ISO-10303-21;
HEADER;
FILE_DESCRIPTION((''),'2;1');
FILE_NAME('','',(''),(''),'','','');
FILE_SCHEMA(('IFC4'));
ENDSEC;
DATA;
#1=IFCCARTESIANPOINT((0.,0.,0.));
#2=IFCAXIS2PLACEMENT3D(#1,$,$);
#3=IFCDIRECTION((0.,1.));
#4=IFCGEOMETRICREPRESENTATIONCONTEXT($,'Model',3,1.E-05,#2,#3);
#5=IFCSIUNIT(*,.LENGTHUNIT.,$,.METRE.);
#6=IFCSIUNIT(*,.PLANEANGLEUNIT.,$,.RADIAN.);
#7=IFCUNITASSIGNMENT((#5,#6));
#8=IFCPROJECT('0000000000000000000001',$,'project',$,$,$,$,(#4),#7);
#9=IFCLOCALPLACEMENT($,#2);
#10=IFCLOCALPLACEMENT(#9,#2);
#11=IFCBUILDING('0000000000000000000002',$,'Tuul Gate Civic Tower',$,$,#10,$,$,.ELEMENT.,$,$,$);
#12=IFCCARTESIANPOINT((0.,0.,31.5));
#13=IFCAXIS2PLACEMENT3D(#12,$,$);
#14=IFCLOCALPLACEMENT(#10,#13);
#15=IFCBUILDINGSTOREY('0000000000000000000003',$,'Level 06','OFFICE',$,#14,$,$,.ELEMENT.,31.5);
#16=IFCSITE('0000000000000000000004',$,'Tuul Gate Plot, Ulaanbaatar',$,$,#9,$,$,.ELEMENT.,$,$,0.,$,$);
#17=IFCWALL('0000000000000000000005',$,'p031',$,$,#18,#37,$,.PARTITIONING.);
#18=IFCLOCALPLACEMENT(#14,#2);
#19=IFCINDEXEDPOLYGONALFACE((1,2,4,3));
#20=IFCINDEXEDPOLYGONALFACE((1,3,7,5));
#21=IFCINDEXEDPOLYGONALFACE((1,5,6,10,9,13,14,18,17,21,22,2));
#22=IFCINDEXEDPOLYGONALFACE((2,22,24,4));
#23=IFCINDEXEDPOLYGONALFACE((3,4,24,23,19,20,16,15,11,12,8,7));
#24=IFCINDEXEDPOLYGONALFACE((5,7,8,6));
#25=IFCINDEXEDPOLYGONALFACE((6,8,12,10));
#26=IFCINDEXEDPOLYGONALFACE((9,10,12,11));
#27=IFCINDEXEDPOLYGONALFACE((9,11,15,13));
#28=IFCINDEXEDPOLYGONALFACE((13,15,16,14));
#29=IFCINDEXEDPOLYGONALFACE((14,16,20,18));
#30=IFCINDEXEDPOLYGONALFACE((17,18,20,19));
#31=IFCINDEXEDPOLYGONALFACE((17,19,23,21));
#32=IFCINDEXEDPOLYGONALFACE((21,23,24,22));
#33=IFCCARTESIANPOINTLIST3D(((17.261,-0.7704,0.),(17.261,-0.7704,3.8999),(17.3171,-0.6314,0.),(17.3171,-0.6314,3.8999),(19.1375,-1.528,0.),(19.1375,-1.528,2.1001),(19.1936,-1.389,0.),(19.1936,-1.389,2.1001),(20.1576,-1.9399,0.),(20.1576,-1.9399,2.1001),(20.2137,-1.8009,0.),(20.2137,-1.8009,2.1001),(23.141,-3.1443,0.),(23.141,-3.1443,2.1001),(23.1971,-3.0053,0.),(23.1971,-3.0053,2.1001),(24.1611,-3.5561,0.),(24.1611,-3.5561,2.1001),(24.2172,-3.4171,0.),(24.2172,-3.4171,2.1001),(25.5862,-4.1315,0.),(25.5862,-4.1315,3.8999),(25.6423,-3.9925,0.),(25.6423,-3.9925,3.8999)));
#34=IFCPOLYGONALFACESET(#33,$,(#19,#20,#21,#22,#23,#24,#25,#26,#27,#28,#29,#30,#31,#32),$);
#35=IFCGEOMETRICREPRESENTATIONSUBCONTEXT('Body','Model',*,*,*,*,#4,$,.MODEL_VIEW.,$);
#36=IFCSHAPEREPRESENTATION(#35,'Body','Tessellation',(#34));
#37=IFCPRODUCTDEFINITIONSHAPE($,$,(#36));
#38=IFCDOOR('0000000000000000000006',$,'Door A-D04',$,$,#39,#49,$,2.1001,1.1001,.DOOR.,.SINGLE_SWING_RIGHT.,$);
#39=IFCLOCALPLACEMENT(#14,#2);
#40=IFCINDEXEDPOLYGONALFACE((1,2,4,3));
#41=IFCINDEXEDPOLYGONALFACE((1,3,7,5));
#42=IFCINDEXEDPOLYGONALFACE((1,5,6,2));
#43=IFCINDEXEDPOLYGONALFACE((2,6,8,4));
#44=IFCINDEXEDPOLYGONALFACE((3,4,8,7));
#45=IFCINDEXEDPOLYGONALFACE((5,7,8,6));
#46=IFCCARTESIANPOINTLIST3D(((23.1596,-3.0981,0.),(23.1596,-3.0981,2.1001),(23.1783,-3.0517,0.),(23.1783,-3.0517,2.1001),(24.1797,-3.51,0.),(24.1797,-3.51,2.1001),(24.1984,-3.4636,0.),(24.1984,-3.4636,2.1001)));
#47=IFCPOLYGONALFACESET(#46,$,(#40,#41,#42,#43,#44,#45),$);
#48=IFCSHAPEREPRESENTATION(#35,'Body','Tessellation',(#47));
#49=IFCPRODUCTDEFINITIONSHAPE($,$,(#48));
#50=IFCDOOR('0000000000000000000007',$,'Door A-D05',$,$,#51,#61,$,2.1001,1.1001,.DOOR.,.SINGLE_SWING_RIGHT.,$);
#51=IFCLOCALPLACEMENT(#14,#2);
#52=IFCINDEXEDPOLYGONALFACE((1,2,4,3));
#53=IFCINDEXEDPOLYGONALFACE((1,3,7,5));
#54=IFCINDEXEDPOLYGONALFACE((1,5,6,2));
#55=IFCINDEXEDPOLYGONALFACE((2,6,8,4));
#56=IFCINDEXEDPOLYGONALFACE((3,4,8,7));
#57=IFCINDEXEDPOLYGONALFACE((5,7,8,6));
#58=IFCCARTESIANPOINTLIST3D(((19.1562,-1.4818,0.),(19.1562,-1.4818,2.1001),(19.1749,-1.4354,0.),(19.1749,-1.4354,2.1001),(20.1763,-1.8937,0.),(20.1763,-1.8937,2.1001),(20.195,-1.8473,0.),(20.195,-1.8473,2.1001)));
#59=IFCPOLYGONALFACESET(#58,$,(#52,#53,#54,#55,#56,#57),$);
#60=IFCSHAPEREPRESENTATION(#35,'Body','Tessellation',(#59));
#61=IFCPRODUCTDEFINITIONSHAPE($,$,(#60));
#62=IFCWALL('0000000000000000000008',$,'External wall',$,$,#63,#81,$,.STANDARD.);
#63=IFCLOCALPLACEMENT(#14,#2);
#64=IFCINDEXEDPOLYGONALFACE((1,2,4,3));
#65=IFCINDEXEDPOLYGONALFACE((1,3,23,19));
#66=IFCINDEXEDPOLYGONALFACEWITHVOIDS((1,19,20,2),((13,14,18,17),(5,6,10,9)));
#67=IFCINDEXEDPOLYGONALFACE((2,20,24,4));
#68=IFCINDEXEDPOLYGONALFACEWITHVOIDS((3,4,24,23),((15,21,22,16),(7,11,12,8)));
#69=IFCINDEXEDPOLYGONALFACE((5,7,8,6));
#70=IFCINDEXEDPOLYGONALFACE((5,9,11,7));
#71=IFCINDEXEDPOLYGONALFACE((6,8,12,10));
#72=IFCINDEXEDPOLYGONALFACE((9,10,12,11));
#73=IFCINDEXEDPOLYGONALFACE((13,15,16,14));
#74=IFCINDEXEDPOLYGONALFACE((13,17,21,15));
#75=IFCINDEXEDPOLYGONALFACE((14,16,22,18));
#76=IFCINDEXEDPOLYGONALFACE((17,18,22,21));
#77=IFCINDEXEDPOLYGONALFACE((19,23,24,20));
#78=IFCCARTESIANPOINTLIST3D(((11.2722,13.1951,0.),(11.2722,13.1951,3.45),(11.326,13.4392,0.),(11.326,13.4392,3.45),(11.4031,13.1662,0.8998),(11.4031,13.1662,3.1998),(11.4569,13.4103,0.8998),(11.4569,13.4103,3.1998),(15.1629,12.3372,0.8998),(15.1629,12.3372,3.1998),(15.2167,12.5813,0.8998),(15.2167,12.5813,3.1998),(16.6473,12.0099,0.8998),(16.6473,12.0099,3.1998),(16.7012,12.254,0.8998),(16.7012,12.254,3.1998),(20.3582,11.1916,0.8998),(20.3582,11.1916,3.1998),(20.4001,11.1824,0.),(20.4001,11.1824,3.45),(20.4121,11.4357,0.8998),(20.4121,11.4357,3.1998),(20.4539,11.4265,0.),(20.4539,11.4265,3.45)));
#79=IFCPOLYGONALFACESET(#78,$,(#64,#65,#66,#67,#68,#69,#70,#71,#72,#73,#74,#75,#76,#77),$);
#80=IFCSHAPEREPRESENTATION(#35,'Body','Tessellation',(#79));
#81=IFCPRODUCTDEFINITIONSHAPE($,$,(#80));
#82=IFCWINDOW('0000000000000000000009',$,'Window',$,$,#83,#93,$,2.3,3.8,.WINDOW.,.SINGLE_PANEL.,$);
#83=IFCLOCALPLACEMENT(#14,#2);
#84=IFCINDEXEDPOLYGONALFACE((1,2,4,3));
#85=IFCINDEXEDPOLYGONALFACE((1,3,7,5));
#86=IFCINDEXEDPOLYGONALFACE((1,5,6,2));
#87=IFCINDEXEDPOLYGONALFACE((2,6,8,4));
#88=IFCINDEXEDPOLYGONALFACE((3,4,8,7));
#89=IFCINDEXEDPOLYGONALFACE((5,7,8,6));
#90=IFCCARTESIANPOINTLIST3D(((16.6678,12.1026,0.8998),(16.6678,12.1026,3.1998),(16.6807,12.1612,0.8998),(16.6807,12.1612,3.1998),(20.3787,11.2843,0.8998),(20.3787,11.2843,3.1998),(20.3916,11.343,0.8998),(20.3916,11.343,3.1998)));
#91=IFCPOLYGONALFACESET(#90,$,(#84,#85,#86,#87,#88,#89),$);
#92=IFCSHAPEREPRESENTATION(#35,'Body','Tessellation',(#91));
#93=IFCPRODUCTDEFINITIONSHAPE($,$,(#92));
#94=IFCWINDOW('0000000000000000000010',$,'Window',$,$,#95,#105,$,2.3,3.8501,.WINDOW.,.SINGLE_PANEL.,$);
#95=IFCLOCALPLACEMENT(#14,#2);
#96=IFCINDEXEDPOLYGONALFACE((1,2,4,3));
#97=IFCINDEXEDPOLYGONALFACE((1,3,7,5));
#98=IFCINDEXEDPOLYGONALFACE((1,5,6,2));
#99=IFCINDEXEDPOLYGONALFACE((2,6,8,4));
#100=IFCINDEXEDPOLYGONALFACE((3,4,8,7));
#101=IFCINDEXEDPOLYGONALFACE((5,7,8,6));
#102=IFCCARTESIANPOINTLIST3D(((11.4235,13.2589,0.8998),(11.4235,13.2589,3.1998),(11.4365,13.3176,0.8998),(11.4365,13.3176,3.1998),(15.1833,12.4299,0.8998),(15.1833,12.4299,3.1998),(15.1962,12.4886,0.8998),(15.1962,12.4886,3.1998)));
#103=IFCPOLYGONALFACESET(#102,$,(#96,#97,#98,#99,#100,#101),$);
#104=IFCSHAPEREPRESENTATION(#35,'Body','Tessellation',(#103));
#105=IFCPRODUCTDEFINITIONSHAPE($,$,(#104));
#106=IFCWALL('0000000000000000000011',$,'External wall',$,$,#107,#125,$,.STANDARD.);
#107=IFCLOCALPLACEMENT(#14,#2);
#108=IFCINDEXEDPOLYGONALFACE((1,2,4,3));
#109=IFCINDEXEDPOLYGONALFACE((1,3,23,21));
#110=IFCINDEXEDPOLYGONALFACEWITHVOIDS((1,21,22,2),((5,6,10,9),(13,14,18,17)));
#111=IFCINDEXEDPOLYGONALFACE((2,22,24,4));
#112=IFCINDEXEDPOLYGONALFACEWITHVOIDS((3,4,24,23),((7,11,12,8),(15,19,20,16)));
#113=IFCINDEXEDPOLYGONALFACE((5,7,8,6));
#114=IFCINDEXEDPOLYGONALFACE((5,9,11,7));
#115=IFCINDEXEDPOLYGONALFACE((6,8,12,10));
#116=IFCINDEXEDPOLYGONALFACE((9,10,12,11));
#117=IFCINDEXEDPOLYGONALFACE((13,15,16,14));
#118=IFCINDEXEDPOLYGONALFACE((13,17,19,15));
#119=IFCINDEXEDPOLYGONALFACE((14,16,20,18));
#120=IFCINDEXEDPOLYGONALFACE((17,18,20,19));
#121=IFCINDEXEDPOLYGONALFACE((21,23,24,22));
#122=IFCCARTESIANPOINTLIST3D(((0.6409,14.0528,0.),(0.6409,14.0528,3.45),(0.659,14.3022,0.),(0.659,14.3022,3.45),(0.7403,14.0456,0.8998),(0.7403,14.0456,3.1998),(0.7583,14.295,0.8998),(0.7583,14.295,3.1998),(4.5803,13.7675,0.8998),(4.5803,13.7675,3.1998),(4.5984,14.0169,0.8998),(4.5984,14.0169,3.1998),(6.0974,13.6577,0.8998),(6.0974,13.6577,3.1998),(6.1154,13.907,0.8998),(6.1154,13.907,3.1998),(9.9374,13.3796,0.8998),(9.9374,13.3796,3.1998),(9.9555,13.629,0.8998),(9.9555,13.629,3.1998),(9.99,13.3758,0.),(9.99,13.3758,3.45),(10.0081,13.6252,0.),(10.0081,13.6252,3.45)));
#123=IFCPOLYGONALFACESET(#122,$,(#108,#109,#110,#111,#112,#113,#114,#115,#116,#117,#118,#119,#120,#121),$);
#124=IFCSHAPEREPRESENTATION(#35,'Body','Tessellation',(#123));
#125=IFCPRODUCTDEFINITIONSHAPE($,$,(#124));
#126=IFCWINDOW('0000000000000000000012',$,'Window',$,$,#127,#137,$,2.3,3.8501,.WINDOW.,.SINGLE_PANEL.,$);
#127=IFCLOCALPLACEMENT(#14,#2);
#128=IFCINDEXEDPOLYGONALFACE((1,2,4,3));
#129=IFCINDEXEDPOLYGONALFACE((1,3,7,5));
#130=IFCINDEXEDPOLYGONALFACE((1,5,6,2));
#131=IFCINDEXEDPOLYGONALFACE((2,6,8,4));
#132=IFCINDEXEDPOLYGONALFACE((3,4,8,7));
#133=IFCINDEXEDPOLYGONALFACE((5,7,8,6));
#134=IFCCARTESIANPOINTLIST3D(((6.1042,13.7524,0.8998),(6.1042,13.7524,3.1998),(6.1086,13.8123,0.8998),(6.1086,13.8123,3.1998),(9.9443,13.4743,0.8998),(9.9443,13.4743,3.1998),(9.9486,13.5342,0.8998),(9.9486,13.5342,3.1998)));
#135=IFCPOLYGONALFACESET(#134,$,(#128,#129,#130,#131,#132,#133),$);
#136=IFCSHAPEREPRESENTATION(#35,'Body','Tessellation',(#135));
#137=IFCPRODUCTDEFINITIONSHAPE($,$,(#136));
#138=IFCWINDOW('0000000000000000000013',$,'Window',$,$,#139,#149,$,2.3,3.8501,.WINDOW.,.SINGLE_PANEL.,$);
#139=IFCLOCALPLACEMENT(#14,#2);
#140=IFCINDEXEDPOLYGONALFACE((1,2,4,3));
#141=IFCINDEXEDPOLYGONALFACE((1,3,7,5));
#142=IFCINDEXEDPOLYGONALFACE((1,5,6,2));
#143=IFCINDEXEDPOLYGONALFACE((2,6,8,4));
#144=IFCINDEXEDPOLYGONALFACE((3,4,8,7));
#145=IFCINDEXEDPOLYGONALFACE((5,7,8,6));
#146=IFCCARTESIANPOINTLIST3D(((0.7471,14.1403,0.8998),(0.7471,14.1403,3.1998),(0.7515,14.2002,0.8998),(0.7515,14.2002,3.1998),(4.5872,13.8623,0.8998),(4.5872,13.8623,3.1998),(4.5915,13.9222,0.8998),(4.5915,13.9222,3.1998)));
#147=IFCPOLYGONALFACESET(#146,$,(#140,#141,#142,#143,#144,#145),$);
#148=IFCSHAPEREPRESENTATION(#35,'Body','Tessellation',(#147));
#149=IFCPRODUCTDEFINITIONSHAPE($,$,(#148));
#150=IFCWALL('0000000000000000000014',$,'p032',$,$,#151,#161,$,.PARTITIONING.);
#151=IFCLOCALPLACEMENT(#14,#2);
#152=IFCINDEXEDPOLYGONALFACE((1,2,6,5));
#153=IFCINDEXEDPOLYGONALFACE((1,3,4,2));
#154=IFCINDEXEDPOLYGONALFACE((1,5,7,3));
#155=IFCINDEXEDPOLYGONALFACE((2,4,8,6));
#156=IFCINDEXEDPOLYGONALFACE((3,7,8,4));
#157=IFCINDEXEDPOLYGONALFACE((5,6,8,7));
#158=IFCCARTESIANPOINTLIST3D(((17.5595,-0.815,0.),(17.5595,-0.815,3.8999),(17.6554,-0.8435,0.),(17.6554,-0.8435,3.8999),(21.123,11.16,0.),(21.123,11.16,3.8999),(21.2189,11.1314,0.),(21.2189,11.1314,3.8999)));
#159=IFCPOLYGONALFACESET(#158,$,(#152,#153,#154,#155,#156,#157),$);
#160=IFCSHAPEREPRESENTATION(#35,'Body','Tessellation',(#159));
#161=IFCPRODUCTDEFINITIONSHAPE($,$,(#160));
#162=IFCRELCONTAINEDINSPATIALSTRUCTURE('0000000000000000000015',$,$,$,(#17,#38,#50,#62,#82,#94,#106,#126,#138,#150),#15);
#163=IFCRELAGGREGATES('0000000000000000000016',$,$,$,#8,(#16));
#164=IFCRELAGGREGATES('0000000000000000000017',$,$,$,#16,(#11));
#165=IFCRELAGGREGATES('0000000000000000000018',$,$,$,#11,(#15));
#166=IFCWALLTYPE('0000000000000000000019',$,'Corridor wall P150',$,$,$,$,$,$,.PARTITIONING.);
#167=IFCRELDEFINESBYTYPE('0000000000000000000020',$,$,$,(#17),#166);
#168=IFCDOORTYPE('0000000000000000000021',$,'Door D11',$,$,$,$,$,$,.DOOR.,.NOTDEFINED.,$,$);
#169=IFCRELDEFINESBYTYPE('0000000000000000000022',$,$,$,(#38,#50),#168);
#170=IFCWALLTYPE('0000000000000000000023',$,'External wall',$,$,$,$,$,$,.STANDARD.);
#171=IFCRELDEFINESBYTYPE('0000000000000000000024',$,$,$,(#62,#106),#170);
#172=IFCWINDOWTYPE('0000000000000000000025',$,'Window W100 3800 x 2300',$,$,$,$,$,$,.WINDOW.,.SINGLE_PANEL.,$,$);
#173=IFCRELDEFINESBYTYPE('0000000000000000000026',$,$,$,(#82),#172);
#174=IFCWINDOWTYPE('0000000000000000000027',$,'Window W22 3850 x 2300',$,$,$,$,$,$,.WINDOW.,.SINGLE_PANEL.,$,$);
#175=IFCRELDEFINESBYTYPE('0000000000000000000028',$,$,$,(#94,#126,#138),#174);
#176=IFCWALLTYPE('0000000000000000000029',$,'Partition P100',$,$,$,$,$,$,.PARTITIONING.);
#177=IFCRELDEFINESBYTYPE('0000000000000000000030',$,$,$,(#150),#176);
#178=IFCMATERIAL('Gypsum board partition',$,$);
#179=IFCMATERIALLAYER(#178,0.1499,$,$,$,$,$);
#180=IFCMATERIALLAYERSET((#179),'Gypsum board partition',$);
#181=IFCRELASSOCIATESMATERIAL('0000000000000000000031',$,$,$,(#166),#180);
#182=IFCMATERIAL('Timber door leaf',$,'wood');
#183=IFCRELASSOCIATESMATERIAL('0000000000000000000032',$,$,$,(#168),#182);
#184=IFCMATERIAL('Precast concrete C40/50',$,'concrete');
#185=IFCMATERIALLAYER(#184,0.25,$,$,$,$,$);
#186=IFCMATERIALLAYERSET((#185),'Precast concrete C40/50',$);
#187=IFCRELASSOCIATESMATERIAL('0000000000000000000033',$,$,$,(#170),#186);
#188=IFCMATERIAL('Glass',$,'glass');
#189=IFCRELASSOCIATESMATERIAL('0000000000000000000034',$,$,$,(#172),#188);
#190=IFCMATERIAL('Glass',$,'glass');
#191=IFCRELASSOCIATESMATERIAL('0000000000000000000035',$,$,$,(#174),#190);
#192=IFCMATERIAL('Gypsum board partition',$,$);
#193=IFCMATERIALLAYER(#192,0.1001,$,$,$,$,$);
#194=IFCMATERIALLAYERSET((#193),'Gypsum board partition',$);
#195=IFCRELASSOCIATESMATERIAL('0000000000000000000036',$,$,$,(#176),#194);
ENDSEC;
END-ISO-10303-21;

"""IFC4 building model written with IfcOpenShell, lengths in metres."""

from ifc_helpers import new_model, si_unit, direction, frame, frame_2d, origin, place, context, subcontext, project, spatial, rectangle, extrude, material, layer, layer_set, type_object, element, fill, save


model = new_model("IFC4")

# Units and contexts
model_context = context("Model", 3, precision=1e-05, world=origin(), true_north=direction((0.0, 1.0)))
body_context = subcontext(model_context, "Body", "Model", "MODEL_VIEW")
ifc_project = project(units=[si_unit("LENGTHUNIT", "METRE"), si_unit("PLANEANGLEUNIT", "RADIAN")], contexts=[model_context])

# Site, building, storey
site_placement = place(None, origin())
site = spatial("IfcSite", under=ifc_project, at=site_placement, Name="Tuul Gate Plot, Ulaanbaatar", CompositionType="ELEMENT", RefElevation=0.0)
building_placement = place(site_placement, origin())
building = spatial("IfcBuilding", under=site, at=building_placement, Name="Tuul Gate Civic Tower", CompositionType="ELEMENT")
storey_placement = place(building_placement, frame((0.0, 0.0, 31.5)))
storey = spatial("IfcBuildingStorey", under=building, at=storey_placement, Name="Level 06", Description="OFFICE", CompositionType="ELEMENT", Elevation=31.5)

# Shared definitions
ifc_material_1 = material(Name="Gypsum board partition")
ifc_layer_1 = layer(ifc_material_1, 0.1499)
ifc_layer_set_1 = layer_set([ifc_layer_1], Name="Gypsum board partition")
wall_type_1 = type_object("IfcWallType", Name="Corridor wall P150", PredefinedType="PARTITIONING", material=ifc_layer_set_1)

# Wall, openings, doors
wall_1_placement = place(storey_placement, frame((17.2891, -0.7009, 0.0), z_axis=(0.0, 0.0, 1.0), x_axis=(0.927281, -0.374366, 0.0)))
wall_1 = element("IfcWall", 1, at=wall_1_placement, inside=storey, type_object=wall_type_1, Name="p031", PredefinedType="PARTITIONING", context=body_context, shape_type="SweptSolid", body=[
    extrude(rectangle(XDim=8.978, YDim=0.1499, at=frame_2d((4.489, 0.0))), origin(), (0.0, 0.0, 1.0), 3.8999),
])
opening_1_placement = place(wall_1_placement, frame((6.3411, 0.0, 0.0)))
opening_1 = element("IfcOpeningElement", 2, at=opening_1_placement, cuts=wall_1, PredefinedType="OPENING", context=body_context, shape_type="SweptSolid", body=[
    extrude(rectangle(XDim=1.1001, YDim=2.1001, at=frame_2d((0.55, 1.05))), frame((0.0, 0.085, 0.0), z_axis=(0.0, -1.0, 0.0), x_axis=(1.0, 0.0, 0.0)), (0.0, 0.0, 1.0), 0.1699),
])
opening_2_placement = place(wall_1_placement, frame((2.0237, 0.0, 0.0)))
opening_2 = element("IfcOpeningElement", 3, at=opening_2_placement, cuts=wall_1, PredefinedType="OPENING", context=body_context, shape_type="SweptSolid", body=[
    extrude(rectangle(XDim=1.1001, YDim=2.1001, at=frame_2d((0.55, 1.05))), frame((0.0, 0.085, 0.0), z_axis=(0.0, -1.0, 0.0), x_axis=(1.0, 0.0, 0.0)), (0.0, 0.0, 1.0), 0.1699),
])
ifc_material_2 = material(Name="Timber door leaf", Category="wood")
door_type_1 = type_object("IfcDoorType", Name="Door D11", OperationType="NOTDEFINED", PredefinedType="DOOR", material=ifc_material_2)
door_1_placement = place(opening_1_placement, origin())
door_1 = element("IfcDoor", 4, at=door_1_placement, inside=storey, type_object=door_type_1, Name="Door A-D04", OperationType="SINGLE_SWING_RIGHT", OverallHeight=2.1001, OverallWidth=1.1001, PredefinedType="DOOR", context=body_context, shape_type="SweptSolid", body=[
    extrude(rectangle(XDim=1.1001, YDim=2.1001, at=frame_2d((0.55, 1.05))), frame((0.0, 0.0249, 0.0), z_axis=(0.0, -1.0, 0.0), x_axis=(1.0, 0.0, 0.0)), (0.0, 0.0, 1.0), 0.05),
])
fill(opening_1, door_1)
door_2_placement = place(opening_2_placement, origin())
door_2 = element("IfcDoor", 5, at=door_2_placement, inside=storey, type_object=door_type_1, Name="Door A-D05", OperationType="SINGLE_SWING_RIGHT", OverallHeight=2.1001, OverallWidth=1.1001, PredefinedType="DOOR", context=body_context, shape_type="SweptSolid", body=[
    extrude(rectangle(XDim=1.1001, YDim=2.1001, at=frame_2d((0.55, 1.05))), frame((0.0, 0.0249, 0.0), z_axis=(0.0, -1.0, 0.0), x_axis=(1.0, 0.0, 0.0)), (0.0, 0.0, 1.0), 0.05),
])
fill(opening_2, door_2)

# Shared definitions
ifc_material_3 = material(Name="Precast concrete C40/50", Category="concrete")
ifc_layer_2 = layer(ifc_material_3, 0.25)
ifc_layer_set_2 = layer_set([ifc_layer_2], Name="Precast concrete C40/50")
wall_type_2 = type_object("IfcWallType", Name="External wall", PredefinedType="STANDARD", material=ifc_layer_set_2)
ifc_material_4 = material(Name="Glass", Category="glass")
window_type_1 = type_object("IfcWindowType", Name="Window W100 3800 x 2300", PartitioningType="SINGLE_PANEL", PredefinedType="WINDOW", material=ifc_material_4)

# Walls, openings, windows
wall_2_placement = place(storey_placement, frame((20.427, 11.3044, 0.0), z_axis=(0.0, 0.0, 1.0), x_axis=(-0.976542, 0.215326, 0.0)))
wall_2 = element("IfcWall", 6, at=wall_2_placement, inside=storey, type_object=wall_type_2, Name="External wall", PredefinedType="STANDARD", context=body_context, shape_type="SweptSolid", body=[
    extrude(rectangle(XDim=9.3472, YDim=0.25, at=frame_2d((4.6736, 0.0))), origin(), (0.0, 0.0, 1.0), 3.45),
])
opening_3_placement = place(wall_2_placement, frame((0.043, 0.0, 0.8999)))
opening_3 = element("IfcOpeningElement", 7, at=opening_3_placement, cuts=wall_2, PredefinedType="OPENING", context=body_context, shape_type="SweptSolid", body=[
    extrude(rectangle(XDim=3.8, YDim=2.3, at=frame_2d((1.8999, 1.1499))), frame((0.0, 0.135, 0.0), z_axis=(0.0, -1.0, 0.0), x_axis=(1.0, 0.0, 0.0)), (0.0, 0.0, 1.0), 0.27),
])
opening_4_placement = place(wall_2_placement, frame((5.363, 0.0, 0.8999)))
opening_4 = element("IfcOpeningElement", 8, at=opening_4_placement, cuts=wall_2, PredefinedType="OPENING", context=body_context, shape_type="SweptSolid", body=[
    extrude(rectangle(XDim=3.8501, YDim=2.3, at=frame_2d((1.925, 1.1499))), frame((0.0, 0.135, 0.0), z_axis=(0.0, -1.0, 0.0), x_axis=(1.0, 0.0, 0.0)), (0.0, 0.0, 1.0), 0.27),
])
window_1_placement = place(opening_3_placement, origin())
window_1 = element("IfcWindow", 9, at=window_1_placement, inside=storey, type_object=window_type_1, Name="Window", OverallHeight=2.3, OverallWidth=3.8, PartitioningType="SINGLE_PANEL", PredefinedType="WINDOW", context=body_context, shape_type="SweptSolid", body=[
    extrude(rectangle(XDim=3.8, YDim=2.3, at=frame_2d((1.8999, 1.1499))), frame((0.0, 0.03, 0.0), z_axis=(0.0, -1.0, 0.0), x_axis=(1.0, 0.0, 0.0)), (0.0, 0.0, 1.0), 0.0601),
])
fill(opening_3, window_1)
ifc_material_5 = material(Name="Glass", Category="glass")
window_type_2 = type_object("IfcWindowType", Name="Window W22 3850 x 2300", PartitioningType="SINGLE_PANEL", PredefinedType="WINDOW", material=ifc_material_5)
window_2_placement = place(opening_4_placement, origin())
window_2 = element("IfcWindow", 10, at=window_2_placement, inside=storey, type_object=window_type_2, Name="Window", OverallHeight=2.3, OverallWidth=3.8501, PartitioningType="SINGLE_PANEL", PredefinedType="WINDOW", context=body_context, shape_type="SweptSolid", body=[
    extrude(rectangle(XDim=3.8501, YDim=2.3, at=frame_2d((1.925, 1.1499))), frame((0.0, 0.03, 0.0), z_axis=(0.0, -1.0, 0.0), x_axis=(1.0, 0.0, 0.0)), (0.0, 0.0, 1.0), 0.0601),
])
fill(opening_4, window_2)
wall_3_placement = place(storey_placement, frame((9.999, 13.5005, 0.0), z_axis=(0.0, 0.0, 1.0), x_axis=(-0.997388, 0.072224, 0.0)))
wall_3 = element("IfcWall", 11, at=wall_3_placement, inside=storey, type_object=wall_type_2, Name="External wall", PredefinedType="STANDARD", context=body_context, shape_type="SweptSolid", body=[
    extrude(rectangle(XDim=9.3735, YDim=0.25, at=frame_2d((4.6868, 0.0))), origin(), (0.0, 0.0, 1.0), 3.45),
])
opening_5_placement = place(wall_3_placement, frame((0.0527, 0.0, 0.8999)))
opening_5 = element("IfcOpeningElement", 12, at=opening_5_placement, cuts=wall_3, PredefinedType="OPENING", context=body_context, shape_type="SweptSolid", body=[
    extrude(rectangle(XDim=3.8501, YDim=2.3, at=frame_2d((1.925, 1.1499))), frame((0.0, 0.135, 0.0), z_axis=(0.0, -1.0, 0.0), x_axis=(1.0, 0.0, 0.0)), (0.0, 0.0, 1.0), 0.27),
])
opening_6_placement = place(wall_3_placement, frame((5.4238, 0.0, 0.8999)))
opening_6 = element("IfcOpeningElement", 13, at=opening_6_placement, cuts=wall_3, PredefinedType="OPENING", context=body_context, shape_type="SweptSolid", body=[
    extrude(rectangle(XDim=3.8501, YDim=2.3, at=frame_2d((1.925, 1.1499))), frame((0.0, 0.135, 0.0), z_axis=(0.0, -1.0, 0.0), x_axis=(1.0, 0.0, 0.0)), (0.0, 0.0, 1.0), 0.27),
])
window_3_placement = place(opening_5_placement, origin())
window_3 = element("IfcWindow", 14, at=window_3_placement, inside=storey, type_object=window_type_2, Name="Window", OverallHeight=2.3, OverallWidth=3.8501, PartitioningType="SINGLE_PANEL", PredefinedType="WINDOW", context=body_context, shape_type="SweptSolid", body=[
    extrude(rectangle(XDim=3.8501, YDim=2.3, at=frame_2d((1.925, 1.1499))), frame((0.0, 0.03, 0.0), z_axis=(0.0, -1.0, 0.0), x_axis=(1.0, 0.0, 0.0)), (0.0, 0.0, 1.0), 0.0601),
])
fill(opening_5, window_3)
window_4_placement = place(opening_6_placement, origin())
window_4 = element("IfcWindow", 15, at=window_4_placement, inside=storey, type_object=window_type_2, Name="Window", OverallHeight=2.3, OverallWidth=3.8501, PartitioningType="SINGLE_PANEL", PredefinedType="WINDOW", context=body_context, shape_type="SweptSolid", body=[
    extrude(rectangle(XDim=3.8501, YDim=2.3, at=frame_2d((1.925, 1.1499))), frame((0.0, 0.03, 0.0), z_axis=(0.0, -1.0, 0.0), x_axis=(1.0, 0.0, 0.0)), (0.0, 0.0, 1.0), 0.0601),
])
fill(opening_6, window_4)

# Wall
ifc_material_6 = material(Name="Gypsum board partition")
ifc_layer_3 = layer(ifc_material_6, 0.1001)
ifc_layer_set_3 = layer_set([ifc_layer_3], Name="Gypsum board partition")
wall_type_3 = type_object("IfcWallType", Name="Partition P100", PredefinedType="PARTITIONING", material=ifc_layer_set_3)
wall_4_placement = place(storey_placement, frame((17.6074, -0.8293, 0.0), z_axis=(0.0, 0.0, 1.0), x_axis=(0.285219, 0.958462, 0.0)))
element("IfcWall", 16, at=wall_4_placement, inside=storey, type_object=wall_type_3, Name="p032", PredefinedType="PARTITIONING", context=body_context, shape_type="SweptSolid", body=[
    extrude(rectangle(XDim=12.4939, YDim=0.1001, at=frame_2d((6.2471, 0.0))), origin(), (0.0, 0.0, 1.0), 3.8999),
])

save(model, "model.ifc")
